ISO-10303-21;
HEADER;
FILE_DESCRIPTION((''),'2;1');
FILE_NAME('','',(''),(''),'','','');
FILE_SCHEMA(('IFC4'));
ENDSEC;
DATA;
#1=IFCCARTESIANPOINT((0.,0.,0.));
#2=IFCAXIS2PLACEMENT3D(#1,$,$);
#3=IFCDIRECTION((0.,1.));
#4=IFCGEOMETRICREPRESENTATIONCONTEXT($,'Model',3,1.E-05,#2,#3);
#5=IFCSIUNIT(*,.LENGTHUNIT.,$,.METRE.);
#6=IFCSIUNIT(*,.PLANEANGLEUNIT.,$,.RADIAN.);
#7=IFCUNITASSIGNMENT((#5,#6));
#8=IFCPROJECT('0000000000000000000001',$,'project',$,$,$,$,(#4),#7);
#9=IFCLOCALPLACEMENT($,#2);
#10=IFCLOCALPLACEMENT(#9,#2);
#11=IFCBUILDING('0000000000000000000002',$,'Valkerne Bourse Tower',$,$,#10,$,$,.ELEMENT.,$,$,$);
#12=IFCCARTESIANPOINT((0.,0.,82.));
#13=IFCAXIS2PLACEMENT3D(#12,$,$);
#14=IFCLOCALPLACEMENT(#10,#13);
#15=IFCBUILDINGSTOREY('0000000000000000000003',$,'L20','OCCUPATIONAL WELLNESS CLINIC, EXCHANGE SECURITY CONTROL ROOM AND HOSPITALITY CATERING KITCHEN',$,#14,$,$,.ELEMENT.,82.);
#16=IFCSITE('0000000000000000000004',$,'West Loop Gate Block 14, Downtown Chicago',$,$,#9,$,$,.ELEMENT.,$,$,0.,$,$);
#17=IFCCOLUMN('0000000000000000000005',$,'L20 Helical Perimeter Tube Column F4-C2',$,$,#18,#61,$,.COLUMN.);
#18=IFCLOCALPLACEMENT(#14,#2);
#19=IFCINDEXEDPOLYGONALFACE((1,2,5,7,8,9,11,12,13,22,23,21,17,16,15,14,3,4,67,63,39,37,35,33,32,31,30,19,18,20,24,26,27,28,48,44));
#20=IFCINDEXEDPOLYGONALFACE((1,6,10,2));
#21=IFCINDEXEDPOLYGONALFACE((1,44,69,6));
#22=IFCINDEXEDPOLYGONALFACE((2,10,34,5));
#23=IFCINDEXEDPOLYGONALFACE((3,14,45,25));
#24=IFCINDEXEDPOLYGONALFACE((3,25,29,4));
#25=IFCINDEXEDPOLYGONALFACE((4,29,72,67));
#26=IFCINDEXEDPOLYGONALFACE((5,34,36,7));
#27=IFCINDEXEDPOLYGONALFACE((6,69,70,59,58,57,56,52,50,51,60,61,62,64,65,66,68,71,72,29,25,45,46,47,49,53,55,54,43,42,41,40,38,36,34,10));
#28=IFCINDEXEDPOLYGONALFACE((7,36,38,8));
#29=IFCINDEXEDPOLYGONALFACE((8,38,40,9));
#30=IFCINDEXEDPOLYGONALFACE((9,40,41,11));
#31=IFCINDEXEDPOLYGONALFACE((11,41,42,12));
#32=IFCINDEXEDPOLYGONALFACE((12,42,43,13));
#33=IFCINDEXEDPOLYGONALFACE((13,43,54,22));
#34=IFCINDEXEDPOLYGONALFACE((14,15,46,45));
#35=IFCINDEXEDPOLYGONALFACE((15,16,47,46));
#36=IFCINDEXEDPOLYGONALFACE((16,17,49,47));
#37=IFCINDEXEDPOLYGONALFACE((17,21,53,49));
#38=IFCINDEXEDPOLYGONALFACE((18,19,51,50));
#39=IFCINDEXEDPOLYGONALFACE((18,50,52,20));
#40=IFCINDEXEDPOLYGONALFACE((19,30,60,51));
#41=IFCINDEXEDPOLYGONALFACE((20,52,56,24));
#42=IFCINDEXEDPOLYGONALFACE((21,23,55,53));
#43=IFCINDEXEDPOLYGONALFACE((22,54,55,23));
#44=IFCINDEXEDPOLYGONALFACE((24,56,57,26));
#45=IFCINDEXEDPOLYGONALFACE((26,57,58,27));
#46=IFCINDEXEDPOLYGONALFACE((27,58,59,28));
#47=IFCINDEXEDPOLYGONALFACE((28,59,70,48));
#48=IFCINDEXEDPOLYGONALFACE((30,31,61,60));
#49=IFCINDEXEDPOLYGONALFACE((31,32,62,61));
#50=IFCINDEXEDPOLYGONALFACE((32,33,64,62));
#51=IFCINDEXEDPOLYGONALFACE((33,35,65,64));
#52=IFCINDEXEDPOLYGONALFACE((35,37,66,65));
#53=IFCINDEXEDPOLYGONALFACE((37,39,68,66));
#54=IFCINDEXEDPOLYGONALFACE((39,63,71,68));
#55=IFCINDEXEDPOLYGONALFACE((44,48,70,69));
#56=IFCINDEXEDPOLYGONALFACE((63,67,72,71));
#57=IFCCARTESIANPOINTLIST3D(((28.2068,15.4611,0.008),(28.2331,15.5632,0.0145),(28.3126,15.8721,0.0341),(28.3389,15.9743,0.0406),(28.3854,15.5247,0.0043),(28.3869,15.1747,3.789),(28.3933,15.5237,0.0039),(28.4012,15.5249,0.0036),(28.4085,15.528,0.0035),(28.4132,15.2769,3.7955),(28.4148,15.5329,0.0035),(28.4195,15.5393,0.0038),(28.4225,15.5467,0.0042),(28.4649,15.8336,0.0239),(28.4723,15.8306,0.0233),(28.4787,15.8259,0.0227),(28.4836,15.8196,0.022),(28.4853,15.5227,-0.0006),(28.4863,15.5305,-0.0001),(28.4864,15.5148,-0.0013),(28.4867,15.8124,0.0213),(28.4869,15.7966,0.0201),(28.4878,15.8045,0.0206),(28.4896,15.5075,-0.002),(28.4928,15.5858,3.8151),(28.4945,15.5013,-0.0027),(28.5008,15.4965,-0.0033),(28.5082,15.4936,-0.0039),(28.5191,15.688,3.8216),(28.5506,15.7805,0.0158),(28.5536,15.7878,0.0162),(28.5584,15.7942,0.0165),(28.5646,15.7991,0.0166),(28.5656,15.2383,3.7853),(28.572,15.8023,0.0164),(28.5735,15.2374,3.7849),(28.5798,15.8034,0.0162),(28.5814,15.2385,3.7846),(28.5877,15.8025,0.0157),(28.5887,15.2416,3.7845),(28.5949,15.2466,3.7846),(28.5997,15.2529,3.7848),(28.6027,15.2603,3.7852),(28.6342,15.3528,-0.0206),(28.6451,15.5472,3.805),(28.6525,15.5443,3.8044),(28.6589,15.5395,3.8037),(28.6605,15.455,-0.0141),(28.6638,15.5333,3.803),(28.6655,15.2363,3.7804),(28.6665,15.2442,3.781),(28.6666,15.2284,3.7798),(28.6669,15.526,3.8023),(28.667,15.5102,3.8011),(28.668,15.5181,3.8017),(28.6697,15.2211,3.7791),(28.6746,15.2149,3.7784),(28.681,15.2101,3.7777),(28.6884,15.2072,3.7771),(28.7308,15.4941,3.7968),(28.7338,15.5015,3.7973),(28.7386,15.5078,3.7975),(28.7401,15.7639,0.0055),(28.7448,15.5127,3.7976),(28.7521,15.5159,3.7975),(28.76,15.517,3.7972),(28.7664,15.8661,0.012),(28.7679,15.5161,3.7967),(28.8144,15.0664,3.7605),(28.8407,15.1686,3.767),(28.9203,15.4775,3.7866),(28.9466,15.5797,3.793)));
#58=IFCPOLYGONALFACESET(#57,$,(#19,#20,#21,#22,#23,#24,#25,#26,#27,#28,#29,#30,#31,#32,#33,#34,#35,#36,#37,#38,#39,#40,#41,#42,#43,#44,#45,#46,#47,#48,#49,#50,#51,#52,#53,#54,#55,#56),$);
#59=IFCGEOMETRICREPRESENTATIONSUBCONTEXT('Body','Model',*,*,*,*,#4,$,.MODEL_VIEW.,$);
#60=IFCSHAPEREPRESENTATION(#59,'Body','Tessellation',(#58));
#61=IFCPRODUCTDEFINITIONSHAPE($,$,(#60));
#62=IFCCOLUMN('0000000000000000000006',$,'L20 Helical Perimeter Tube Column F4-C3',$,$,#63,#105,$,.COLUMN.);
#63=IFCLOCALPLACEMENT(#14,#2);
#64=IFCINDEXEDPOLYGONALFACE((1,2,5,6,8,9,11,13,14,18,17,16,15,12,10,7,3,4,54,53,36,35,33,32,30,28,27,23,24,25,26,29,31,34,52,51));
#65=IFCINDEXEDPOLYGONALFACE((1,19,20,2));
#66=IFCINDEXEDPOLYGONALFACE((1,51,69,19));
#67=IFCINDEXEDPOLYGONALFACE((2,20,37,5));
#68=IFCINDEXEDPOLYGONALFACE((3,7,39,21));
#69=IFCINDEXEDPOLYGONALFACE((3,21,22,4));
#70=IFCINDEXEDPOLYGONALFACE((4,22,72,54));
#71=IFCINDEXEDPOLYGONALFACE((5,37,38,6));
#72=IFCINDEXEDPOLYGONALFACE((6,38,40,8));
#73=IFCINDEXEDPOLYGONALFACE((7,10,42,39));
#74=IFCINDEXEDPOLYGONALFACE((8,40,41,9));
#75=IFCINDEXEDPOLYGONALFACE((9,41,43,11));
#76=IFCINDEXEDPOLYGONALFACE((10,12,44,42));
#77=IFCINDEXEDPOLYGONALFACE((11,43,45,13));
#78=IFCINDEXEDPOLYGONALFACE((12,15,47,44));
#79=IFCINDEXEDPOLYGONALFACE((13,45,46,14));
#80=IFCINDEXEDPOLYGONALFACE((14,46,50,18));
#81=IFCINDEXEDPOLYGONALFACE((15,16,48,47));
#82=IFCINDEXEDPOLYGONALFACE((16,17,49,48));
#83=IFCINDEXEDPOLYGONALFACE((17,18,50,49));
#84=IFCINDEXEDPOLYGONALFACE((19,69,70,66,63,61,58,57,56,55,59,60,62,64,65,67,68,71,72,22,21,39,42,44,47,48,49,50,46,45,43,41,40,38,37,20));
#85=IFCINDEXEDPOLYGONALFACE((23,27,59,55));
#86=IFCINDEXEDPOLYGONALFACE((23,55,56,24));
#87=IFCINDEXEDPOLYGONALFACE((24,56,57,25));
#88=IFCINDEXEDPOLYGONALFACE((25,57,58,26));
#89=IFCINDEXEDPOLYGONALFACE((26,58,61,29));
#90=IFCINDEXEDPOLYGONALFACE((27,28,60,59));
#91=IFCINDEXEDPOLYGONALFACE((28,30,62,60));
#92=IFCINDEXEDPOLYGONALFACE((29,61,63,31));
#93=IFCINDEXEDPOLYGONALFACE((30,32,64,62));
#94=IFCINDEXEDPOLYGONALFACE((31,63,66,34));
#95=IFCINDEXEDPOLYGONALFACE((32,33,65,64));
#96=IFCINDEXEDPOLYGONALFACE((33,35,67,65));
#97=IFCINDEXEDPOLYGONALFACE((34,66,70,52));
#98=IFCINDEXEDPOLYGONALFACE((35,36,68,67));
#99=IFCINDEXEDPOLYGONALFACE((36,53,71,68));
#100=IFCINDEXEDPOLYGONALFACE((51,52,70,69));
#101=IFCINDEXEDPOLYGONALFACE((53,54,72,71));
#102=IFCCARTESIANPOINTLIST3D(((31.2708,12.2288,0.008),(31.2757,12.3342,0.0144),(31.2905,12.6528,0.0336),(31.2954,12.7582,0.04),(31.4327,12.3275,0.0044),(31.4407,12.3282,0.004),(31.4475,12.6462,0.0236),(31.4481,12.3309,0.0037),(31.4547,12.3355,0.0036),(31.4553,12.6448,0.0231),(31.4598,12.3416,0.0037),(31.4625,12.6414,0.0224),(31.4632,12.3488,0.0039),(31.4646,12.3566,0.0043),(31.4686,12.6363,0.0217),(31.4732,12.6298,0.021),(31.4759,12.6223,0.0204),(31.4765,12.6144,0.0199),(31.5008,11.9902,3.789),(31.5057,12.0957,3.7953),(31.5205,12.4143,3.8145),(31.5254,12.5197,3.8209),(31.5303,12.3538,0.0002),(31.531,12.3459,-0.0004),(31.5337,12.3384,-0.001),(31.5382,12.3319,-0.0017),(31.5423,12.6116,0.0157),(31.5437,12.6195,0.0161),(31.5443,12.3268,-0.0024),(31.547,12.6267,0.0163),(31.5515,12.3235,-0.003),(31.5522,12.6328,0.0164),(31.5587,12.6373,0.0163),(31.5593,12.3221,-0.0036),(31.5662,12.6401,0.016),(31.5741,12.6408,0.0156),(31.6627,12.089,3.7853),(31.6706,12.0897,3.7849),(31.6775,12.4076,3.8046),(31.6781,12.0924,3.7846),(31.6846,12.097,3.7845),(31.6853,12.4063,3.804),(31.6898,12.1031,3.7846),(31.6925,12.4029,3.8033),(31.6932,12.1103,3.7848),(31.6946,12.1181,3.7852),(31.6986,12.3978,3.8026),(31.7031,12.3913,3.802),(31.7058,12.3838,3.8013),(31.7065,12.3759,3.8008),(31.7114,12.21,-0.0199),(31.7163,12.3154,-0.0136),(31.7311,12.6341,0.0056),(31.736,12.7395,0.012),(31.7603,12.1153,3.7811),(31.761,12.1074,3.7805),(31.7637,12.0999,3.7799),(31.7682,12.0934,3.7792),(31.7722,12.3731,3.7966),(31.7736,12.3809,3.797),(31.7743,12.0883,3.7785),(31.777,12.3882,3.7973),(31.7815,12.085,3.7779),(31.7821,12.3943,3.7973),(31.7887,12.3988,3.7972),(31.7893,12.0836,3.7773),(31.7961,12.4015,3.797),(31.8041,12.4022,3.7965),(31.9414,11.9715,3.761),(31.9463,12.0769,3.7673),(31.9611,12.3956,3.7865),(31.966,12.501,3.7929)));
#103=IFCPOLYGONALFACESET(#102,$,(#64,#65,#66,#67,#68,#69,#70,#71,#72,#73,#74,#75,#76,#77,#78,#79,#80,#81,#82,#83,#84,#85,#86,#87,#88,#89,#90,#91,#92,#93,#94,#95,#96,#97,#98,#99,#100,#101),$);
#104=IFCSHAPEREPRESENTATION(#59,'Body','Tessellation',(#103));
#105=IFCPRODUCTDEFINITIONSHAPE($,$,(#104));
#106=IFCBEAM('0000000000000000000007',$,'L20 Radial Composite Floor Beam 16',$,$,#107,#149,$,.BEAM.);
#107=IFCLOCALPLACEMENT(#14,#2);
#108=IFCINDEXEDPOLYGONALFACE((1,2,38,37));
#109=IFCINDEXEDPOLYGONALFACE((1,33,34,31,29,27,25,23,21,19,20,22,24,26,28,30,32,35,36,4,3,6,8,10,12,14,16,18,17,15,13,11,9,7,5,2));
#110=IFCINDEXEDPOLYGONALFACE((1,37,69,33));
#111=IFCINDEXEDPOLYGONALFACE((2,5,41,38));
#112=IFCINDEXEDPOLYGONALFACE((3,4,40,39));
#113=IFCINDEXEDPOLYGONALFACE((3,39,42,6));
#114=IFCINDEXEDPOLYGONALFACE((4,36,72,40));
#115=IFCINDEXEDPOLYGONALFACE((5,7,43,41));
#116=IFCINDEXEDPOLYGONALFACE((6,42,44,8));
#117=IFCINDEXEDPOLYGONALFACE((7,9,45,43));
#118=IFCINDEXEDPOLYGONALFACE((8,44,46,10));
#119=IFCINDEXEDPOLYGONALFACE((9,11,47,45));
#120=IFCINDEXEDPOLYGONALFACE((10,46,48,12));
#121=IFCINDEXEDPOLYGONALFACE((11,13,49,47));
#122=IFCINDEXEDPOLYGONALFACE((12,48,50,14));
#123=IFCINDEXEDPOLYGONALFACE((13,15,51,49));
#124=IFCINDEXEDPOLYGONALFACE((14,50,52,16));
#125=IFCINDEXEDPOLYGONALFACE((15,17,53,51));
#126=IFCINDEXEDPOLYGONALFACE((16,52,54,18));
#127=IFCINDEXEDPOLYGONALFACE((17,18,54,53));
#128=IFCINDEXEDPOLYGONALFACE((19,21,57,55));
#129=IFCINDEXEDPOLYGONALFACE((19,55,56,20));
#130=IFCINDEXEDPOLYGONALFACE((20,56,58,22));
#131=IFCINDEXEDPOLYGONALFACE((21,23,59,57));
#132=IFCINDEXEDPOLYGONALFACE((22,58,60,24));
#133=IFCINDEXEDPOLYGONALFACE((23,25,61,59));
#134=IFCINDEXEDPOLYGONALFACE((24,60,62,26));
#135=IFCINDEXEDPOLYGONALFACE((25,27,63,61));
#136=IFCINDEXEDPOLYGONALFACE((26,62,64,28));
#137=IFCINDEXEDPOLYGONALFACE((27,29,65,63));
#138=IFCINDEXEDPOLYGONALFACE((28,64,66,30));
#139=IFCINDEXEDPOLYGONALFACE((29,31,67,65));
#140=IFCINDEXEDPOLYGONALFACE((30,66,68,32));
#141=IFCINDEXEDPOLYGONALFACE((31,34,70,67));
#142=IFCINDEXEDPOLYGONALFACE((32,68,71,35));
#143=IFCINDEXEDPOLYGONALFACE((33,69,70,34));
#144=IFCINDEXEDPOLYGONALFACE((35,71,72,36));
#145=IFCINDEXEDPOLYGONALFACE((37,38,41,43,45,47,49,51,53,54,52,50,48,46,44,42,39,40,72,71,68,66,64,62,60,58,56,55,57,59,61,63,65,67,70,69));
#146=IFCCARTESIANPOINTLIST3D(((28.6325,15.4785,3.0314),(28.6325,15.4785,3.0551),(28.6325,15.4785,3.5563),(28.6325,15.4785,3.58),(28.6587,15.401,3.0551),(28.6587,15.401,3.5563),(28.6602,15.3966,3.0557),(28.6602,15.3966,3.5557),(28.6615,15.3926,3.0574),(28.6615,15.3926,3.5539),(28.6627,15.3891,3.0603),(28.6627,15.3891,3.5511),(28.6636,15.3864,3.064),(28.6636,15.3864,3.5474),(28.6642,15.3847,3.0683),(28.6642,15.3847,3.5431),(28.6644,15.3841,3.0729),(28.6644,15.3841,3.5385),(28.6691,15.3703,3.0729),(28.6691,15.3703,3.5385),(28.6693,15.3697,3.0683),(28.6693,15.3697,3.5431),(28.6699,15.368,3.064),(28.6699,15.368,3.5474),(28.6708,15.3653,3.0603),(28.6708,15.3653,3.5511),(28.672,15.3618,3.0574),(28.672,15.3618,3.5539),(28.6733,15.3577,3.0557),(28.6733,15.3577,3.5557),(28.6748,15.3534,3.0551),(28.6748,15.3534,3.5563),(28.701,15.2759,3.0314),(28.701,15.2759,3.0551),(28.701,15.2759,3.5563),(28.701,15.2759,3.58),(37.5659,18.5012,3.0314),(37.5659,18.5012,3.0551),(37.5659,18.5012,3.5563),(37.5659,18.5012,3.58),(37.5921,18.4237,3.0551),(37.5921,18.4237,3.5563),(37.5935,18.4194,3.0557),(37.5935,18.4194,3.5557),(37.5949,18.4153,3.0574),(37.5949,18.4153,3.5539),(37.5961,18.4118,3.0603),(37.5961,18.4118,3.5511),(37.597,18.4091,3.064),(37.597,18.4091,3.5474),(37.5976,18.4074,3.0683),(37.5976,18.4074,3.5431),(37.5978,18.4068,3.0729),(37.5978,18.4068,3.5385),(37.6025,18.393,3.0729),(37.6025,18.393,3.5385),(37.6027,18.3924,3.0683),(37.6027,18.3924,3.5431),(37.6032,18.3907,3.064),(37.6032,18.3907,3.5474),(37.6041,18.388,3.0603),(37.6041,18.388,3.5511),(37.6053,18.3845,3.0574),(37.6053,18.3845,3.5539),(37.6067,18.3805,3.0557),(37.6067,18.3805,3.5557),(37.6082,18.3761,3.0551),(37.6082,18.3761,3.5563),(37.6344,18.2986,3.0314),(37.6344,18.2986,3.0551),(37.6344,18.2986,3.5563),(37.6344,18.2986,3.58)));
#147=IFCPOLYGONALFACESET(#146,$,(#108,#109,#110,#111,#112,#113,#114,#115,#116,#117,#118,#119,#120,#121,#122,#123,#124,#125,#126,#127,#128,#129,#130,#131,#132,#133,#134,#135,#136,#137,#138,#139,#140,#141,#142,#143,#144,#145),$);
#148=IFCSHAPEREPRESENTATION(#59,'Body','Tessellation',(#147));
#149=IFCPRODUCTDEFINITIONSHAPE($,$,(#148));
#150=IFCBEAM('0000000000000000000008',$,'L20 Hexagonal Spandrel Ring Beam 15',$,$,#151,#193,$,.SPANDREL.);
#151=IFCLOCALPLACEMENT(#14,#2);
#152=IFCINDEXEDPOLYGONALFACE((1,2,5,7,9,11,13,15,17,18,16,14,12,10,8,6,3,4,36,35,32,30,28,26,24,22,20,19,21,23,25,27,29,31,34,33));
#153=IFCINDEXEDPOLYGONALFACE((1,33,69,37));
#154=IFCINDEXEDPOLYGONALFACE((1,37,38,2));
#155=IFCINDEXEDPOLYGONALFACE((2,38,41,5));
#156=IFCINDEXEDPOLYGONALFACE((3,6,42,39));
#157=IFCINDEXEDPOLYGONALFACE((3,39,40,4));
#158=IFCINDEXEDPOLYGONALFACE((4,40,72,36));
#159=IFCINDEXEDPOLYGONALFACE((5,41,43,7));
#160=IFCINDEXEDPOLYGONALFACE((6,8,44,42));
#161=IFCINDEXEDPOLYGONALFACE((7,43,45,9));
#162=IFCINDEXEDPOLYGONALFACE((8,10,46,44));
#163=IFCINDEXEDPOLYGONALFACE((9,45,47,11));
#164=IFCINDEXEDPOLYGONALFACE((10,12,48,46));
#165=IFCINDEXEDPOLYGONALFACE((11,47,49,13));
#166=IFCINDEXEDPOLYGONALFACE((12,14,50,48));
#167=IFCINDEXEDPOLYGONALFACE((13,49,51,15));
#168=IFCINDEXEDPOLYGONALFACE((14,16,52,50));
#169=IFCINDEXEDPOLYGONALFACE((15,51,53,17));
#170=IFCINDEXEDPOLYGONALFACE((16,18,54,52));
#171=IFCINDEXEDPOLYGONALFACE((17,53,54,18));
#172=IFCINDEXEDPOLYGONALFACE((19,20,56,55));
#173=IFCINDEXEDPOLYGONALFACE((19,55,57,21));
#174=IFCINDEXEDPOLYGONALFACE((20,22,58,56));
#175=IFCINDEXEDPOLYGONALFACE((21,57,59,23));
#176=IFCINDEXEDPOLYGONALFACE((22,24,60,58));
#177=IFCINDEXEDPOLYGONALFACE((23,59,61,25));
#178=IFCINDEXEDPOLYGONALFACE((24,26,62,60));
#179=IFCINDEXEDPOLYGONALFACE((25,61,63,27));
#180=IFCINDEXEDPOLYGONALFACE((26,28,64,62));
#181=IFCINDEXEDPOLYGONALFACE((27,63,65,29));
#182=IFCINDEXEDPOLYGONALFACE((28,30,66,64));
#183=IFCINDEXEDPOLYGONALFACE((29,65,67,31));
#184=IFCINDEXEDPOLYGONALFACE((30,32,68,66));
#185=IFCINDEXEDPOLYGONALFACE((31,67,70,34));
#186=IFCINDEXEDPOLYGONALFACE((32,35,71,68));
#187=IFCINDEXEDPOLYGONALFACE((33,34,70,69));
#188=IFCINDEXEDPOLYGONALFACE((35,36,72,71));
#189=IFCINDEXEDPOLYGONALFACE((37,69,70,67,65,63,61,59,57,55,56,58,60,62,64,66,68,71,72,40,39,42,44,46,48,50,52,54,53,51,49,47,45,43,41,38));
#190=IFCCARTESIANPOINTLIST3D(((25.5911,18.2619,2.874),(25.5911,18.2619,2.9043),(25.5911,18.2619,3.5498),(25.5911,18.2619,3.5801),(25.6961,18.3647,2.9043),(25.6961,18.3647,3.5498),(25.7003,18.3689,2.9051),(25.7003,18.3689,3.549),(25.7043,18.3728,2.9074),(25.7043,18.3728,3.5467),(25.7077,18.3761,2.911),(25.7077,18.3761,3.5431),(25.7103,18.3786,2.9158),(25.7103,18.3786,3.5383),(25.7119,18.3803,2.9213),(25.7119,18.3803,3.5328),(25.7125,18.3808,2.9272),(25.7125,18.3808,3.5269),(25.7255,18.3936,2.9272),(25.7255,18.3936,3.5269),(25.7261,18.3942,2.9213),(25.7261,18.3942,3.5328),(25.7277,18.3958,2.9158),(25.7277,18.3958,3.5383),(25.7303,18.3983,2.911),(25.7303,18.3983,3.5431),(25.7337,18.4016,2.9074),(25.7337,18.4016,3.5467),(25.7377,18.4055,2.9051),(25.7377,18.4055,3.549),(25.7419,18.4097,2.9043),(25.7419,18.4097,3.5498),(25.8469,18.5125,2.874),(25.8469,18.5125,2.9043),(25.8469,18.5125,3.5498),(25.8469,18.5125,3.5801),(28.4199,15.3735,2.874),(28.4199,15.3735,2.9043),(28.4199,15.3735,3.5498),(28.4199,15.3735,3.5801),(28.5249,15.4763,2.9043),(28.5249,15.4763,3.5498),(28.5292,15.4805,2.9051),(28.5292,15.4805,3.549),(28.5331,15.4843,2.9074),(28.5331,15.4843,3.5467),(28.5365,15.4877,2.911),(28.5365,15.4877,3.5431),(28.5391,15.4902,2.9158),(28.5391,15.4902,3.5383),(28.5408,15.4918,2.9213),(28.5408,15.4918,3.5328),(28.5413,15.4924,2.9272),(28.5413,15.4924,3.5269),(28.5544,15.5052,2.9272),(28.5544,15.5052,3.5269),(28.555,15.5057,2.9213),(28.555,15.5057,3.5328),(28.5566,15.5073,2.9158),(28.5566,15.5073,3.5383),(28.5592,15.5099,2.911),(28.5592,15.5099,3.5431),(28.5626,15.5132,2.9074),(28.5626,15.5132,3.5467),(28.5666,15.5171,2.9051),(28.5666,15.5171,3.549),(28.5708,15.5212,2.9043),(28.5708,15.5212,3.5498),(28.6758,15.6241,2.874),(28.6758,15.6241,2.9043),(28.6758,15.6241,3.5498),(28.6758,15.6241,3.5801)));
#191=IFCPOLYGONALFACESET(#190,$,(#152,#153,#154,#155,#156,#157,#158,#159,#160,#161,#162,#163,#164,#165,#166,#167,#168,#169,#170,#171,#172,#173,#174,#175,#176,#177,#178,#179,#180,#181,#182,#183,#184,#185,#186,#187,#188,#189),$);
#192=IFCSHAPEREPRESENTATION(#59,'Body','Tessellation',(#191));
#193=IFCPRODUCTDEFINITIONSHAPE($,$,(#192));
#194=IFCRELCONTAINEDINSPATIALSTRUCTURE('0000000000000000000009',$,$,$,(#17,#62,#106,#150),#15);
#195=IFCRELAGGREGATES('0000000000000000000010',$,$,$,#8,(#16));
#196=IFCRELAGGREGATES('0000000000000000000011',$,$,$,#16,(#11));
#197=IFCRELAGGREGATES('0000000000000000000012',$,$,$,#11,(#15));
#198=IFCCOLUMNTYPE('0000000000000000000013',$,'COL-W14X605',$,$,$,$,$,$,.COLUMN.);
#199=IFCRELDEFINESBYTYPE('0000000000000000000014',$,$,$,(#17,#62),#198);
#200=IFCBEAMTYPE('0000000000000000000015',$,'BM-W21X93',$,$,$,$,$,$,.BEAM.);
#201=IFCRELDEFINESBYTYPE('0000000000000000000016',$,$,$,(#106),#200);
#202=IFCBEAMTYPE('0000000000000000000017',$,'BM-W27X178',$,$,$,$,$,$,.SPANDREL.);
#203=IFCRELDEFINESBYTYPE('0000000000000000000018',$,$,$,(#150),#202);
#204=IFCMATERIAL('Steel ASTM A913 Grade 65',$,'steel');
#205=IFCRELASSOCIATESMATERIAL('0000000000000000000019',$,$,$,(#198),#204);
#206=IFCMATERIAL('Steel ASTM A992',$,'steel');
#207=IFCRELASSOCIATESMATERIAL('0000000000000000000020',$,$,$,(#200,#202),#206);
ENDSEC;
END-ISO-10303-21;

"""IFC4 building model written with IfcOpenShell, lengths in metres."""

from ifc_helpers import new_model, si_unit, direction, frame, origin, origin_2d, place, context, subcontext, project, spatial, i_section, extrude, material, material_profile, profile_set, type_object, element, save


model = new_model("IFC4")

# Units and contexts
model_context = context("Model", 3, precision=1e-05, world=origin(), true_north=direction((0.0, 1.0)))
body_context = subcontext(model_context, "Body", "Model", "MODEL_VIEW")
ifc_project = project(units=[si_unit("LENGTHUNIT", "METRE"), si_unit("PLANEANGLEUNIT", "RADIAN")], contexts=[model_context])

# Site, building, storey
site_placement = place(None, origin())
site = spatial("IfcSite", under=ifc_project, at=site_placement, Name="West Loop Gate Block 14, Downtown Chicago", CompositionType="ELEMENT", RefElevation=0.0)
building_placement = place(site_placement, origin())
building = spatial("IfcBuilding", under=site, at=building_placement, Name="Valkerne Bourse Tower", CompositionType="ELEMENT")
storey_placement = place(building_placement, frame((0.0, 0.0, 82.0)))
storey = spatial("IfcBuildingStorey", under=building, at=storey_placement, Name="L20", Description="OCCUPATIONAL WELLNESS CLINIC, EXCHANGE SECURITY CONTROL ROOM AND HOSPITALITY CATERING KITCHEN", CompositionType="ELEMENT", Elevation=82.0)

# Columns
ifc_material_1 = material(Name="Steel ASTM A913 Grade 65", Category="steel")
ifc_material_profile_1 = material_profile(ifc_material_1, i_section(OverallWidth=0.4419, OverallDepth=0.531, WebThickness=0.0659, FlangeThickness=0.1057, FilletRadius=0.0305, at=origin_2d()), Name="W14X605")
ifc_profile_set_1 = profile_set([ifc_material_profile_1], Name="Steel ASTM A913 Grade 65")
column_type = type_object("IfcColumnType", Name="COL-W14X605", PredefinedType="COLUMN", material=ifc_profile_set_1)
column_1_placement = place(storey_placement, frame((28.4866, 15.6636, 0.01), z_axis=(0.047463, -0.07544, 0.99602), x_axis=(0.967376, -0.244956, -0.064651)))
element("IfcColumn", 1, at=column_1_placement, inside=storey, type_object=column_type, Name="L20 Helical Perimeter Tube Column F4-C2", PredefinedType="COLUMN", context=body_context, shape_type="SweptSolid", body=[
    extrude(i_section(OverallWidth=0.4419, OverallDepth=0.531, WebThickness=0.0659, FlangeThickness=0.1057, FilletRadius=0.0305, at=origin_2d()), origin(), (0.0, 0.0, 1.0), 3.7961),
])
column_2_placement = place(storey_placement, frame((31.5034, 12.4841, 0.01), z_axis=(0.060593, -0.062844, 0.996182), x_axis=(0.997092, -0.042408, -0.063324)))
element("IfcColumn", 2, at=column_2_placement, inside=storey, type_object=column_type, Name="L20 Helical Perimeter Tube Column F4-C3", PredefinedType="COLUMN", context=body_context, shape_type="SweptSolid", body=[
    extrude(i_section(OverallWidth=0.4419, OverallDepth=0.531, WebThickness=0.0659, FlangeThickness=0.1057, FilletRadius=0.0305, at=origin_2d()), origin(), (0.0, 0.0, 1.0), 3.7954),
])

# Beams
ifc_material_2 = material(Name="Steel ASTM A992", Category="steel")
ifc_material_profile_2 = material_profile(ifc_material_2, i_section(OverallWidth=0.2139, OverallDepth=0.5486, WebThickness=0.0146, FlangeThickness=0.0237, FilletRadius=0.0178, at=origin_2d()), Name="W21X93")
ifc_profile_set_2 = profile_set([ifc_material_profile_2], Name="Steel ASTM A992")
beam_type_1 = type_object("IfcBeamType", Name="BM-W21X93", PredefinedType="BEAM", material=ifc_profile_set_2)
beam_placement = place(storey_placement, frame((28.6667, 15.3772, 3.3057), z_axis=(0.947245, 0.320511, 0.0), x_axis=(-0.320511, 0.947245, 0.0)))
element("IfcBeam", 3, at=beam_placement, inside=storey, type_object=beam_type_1, Name="L20 Radial Composite Floor Beam 16", PredefinedType="BEAM", context=body_context, shape_type="SweptSolid", body=[
    extrude(i_section(OverallWidth=0.2139, OverallDepth=0.5486, WebThickness=0.0146, FlangeThickness=0.0237, FilletRadius=0.0178, at=origin_2d()), origin(), (0.0, 0.0, 1.0), 9.4309),
])
ifc_material_profile_3 = material_profile(ifc_material_2, i_section(OverallWidth=0.3582, OverallDepth=0.7061, WebThickness=0.0183, FlangeThickness=0.0303, FilletRadius=0.0229, at=origin_2d()), Name="W27X178")
ifc_profile_set_3 = profile_set([ifc_material_profile_3], Name="Steel ASTM A992")
beam_type_2 = type_object("IfcBeamType", Name="BM-W27X178", PredefinedType="SPANDREL", material=ifc_profile_set_3)
for number, where, z_axis, x_axis, name in (
    (4, (25.719, 18.3872, 3.2271), (0.699701, -0.714436, 0.0), (0.714436, 0.699701, 0.0), "L20 Hexagonal Spandrel Ring Beam 15"),
):
    element("IfcBeam", number, at=place(storey_placement, frame(where, z_axis=z_axis, x_axis=x_axis)), inside=storey, type_object=beam_type_2, Name=name, PredefinedType="SPANDREL", context=body_context, shape_type="SweptSolid", body=[
        extrude(i_section(OverallWidth=0.3582, OverallDepth=0.7061, WebThickness=0.0183, FlangeThickness=0.0303, FilletRadius=0.0229, at=origin_2d()), origin(), (0.0, 0.0, 1.0), 4.043),
    ])

save(model, "model.ifc")
